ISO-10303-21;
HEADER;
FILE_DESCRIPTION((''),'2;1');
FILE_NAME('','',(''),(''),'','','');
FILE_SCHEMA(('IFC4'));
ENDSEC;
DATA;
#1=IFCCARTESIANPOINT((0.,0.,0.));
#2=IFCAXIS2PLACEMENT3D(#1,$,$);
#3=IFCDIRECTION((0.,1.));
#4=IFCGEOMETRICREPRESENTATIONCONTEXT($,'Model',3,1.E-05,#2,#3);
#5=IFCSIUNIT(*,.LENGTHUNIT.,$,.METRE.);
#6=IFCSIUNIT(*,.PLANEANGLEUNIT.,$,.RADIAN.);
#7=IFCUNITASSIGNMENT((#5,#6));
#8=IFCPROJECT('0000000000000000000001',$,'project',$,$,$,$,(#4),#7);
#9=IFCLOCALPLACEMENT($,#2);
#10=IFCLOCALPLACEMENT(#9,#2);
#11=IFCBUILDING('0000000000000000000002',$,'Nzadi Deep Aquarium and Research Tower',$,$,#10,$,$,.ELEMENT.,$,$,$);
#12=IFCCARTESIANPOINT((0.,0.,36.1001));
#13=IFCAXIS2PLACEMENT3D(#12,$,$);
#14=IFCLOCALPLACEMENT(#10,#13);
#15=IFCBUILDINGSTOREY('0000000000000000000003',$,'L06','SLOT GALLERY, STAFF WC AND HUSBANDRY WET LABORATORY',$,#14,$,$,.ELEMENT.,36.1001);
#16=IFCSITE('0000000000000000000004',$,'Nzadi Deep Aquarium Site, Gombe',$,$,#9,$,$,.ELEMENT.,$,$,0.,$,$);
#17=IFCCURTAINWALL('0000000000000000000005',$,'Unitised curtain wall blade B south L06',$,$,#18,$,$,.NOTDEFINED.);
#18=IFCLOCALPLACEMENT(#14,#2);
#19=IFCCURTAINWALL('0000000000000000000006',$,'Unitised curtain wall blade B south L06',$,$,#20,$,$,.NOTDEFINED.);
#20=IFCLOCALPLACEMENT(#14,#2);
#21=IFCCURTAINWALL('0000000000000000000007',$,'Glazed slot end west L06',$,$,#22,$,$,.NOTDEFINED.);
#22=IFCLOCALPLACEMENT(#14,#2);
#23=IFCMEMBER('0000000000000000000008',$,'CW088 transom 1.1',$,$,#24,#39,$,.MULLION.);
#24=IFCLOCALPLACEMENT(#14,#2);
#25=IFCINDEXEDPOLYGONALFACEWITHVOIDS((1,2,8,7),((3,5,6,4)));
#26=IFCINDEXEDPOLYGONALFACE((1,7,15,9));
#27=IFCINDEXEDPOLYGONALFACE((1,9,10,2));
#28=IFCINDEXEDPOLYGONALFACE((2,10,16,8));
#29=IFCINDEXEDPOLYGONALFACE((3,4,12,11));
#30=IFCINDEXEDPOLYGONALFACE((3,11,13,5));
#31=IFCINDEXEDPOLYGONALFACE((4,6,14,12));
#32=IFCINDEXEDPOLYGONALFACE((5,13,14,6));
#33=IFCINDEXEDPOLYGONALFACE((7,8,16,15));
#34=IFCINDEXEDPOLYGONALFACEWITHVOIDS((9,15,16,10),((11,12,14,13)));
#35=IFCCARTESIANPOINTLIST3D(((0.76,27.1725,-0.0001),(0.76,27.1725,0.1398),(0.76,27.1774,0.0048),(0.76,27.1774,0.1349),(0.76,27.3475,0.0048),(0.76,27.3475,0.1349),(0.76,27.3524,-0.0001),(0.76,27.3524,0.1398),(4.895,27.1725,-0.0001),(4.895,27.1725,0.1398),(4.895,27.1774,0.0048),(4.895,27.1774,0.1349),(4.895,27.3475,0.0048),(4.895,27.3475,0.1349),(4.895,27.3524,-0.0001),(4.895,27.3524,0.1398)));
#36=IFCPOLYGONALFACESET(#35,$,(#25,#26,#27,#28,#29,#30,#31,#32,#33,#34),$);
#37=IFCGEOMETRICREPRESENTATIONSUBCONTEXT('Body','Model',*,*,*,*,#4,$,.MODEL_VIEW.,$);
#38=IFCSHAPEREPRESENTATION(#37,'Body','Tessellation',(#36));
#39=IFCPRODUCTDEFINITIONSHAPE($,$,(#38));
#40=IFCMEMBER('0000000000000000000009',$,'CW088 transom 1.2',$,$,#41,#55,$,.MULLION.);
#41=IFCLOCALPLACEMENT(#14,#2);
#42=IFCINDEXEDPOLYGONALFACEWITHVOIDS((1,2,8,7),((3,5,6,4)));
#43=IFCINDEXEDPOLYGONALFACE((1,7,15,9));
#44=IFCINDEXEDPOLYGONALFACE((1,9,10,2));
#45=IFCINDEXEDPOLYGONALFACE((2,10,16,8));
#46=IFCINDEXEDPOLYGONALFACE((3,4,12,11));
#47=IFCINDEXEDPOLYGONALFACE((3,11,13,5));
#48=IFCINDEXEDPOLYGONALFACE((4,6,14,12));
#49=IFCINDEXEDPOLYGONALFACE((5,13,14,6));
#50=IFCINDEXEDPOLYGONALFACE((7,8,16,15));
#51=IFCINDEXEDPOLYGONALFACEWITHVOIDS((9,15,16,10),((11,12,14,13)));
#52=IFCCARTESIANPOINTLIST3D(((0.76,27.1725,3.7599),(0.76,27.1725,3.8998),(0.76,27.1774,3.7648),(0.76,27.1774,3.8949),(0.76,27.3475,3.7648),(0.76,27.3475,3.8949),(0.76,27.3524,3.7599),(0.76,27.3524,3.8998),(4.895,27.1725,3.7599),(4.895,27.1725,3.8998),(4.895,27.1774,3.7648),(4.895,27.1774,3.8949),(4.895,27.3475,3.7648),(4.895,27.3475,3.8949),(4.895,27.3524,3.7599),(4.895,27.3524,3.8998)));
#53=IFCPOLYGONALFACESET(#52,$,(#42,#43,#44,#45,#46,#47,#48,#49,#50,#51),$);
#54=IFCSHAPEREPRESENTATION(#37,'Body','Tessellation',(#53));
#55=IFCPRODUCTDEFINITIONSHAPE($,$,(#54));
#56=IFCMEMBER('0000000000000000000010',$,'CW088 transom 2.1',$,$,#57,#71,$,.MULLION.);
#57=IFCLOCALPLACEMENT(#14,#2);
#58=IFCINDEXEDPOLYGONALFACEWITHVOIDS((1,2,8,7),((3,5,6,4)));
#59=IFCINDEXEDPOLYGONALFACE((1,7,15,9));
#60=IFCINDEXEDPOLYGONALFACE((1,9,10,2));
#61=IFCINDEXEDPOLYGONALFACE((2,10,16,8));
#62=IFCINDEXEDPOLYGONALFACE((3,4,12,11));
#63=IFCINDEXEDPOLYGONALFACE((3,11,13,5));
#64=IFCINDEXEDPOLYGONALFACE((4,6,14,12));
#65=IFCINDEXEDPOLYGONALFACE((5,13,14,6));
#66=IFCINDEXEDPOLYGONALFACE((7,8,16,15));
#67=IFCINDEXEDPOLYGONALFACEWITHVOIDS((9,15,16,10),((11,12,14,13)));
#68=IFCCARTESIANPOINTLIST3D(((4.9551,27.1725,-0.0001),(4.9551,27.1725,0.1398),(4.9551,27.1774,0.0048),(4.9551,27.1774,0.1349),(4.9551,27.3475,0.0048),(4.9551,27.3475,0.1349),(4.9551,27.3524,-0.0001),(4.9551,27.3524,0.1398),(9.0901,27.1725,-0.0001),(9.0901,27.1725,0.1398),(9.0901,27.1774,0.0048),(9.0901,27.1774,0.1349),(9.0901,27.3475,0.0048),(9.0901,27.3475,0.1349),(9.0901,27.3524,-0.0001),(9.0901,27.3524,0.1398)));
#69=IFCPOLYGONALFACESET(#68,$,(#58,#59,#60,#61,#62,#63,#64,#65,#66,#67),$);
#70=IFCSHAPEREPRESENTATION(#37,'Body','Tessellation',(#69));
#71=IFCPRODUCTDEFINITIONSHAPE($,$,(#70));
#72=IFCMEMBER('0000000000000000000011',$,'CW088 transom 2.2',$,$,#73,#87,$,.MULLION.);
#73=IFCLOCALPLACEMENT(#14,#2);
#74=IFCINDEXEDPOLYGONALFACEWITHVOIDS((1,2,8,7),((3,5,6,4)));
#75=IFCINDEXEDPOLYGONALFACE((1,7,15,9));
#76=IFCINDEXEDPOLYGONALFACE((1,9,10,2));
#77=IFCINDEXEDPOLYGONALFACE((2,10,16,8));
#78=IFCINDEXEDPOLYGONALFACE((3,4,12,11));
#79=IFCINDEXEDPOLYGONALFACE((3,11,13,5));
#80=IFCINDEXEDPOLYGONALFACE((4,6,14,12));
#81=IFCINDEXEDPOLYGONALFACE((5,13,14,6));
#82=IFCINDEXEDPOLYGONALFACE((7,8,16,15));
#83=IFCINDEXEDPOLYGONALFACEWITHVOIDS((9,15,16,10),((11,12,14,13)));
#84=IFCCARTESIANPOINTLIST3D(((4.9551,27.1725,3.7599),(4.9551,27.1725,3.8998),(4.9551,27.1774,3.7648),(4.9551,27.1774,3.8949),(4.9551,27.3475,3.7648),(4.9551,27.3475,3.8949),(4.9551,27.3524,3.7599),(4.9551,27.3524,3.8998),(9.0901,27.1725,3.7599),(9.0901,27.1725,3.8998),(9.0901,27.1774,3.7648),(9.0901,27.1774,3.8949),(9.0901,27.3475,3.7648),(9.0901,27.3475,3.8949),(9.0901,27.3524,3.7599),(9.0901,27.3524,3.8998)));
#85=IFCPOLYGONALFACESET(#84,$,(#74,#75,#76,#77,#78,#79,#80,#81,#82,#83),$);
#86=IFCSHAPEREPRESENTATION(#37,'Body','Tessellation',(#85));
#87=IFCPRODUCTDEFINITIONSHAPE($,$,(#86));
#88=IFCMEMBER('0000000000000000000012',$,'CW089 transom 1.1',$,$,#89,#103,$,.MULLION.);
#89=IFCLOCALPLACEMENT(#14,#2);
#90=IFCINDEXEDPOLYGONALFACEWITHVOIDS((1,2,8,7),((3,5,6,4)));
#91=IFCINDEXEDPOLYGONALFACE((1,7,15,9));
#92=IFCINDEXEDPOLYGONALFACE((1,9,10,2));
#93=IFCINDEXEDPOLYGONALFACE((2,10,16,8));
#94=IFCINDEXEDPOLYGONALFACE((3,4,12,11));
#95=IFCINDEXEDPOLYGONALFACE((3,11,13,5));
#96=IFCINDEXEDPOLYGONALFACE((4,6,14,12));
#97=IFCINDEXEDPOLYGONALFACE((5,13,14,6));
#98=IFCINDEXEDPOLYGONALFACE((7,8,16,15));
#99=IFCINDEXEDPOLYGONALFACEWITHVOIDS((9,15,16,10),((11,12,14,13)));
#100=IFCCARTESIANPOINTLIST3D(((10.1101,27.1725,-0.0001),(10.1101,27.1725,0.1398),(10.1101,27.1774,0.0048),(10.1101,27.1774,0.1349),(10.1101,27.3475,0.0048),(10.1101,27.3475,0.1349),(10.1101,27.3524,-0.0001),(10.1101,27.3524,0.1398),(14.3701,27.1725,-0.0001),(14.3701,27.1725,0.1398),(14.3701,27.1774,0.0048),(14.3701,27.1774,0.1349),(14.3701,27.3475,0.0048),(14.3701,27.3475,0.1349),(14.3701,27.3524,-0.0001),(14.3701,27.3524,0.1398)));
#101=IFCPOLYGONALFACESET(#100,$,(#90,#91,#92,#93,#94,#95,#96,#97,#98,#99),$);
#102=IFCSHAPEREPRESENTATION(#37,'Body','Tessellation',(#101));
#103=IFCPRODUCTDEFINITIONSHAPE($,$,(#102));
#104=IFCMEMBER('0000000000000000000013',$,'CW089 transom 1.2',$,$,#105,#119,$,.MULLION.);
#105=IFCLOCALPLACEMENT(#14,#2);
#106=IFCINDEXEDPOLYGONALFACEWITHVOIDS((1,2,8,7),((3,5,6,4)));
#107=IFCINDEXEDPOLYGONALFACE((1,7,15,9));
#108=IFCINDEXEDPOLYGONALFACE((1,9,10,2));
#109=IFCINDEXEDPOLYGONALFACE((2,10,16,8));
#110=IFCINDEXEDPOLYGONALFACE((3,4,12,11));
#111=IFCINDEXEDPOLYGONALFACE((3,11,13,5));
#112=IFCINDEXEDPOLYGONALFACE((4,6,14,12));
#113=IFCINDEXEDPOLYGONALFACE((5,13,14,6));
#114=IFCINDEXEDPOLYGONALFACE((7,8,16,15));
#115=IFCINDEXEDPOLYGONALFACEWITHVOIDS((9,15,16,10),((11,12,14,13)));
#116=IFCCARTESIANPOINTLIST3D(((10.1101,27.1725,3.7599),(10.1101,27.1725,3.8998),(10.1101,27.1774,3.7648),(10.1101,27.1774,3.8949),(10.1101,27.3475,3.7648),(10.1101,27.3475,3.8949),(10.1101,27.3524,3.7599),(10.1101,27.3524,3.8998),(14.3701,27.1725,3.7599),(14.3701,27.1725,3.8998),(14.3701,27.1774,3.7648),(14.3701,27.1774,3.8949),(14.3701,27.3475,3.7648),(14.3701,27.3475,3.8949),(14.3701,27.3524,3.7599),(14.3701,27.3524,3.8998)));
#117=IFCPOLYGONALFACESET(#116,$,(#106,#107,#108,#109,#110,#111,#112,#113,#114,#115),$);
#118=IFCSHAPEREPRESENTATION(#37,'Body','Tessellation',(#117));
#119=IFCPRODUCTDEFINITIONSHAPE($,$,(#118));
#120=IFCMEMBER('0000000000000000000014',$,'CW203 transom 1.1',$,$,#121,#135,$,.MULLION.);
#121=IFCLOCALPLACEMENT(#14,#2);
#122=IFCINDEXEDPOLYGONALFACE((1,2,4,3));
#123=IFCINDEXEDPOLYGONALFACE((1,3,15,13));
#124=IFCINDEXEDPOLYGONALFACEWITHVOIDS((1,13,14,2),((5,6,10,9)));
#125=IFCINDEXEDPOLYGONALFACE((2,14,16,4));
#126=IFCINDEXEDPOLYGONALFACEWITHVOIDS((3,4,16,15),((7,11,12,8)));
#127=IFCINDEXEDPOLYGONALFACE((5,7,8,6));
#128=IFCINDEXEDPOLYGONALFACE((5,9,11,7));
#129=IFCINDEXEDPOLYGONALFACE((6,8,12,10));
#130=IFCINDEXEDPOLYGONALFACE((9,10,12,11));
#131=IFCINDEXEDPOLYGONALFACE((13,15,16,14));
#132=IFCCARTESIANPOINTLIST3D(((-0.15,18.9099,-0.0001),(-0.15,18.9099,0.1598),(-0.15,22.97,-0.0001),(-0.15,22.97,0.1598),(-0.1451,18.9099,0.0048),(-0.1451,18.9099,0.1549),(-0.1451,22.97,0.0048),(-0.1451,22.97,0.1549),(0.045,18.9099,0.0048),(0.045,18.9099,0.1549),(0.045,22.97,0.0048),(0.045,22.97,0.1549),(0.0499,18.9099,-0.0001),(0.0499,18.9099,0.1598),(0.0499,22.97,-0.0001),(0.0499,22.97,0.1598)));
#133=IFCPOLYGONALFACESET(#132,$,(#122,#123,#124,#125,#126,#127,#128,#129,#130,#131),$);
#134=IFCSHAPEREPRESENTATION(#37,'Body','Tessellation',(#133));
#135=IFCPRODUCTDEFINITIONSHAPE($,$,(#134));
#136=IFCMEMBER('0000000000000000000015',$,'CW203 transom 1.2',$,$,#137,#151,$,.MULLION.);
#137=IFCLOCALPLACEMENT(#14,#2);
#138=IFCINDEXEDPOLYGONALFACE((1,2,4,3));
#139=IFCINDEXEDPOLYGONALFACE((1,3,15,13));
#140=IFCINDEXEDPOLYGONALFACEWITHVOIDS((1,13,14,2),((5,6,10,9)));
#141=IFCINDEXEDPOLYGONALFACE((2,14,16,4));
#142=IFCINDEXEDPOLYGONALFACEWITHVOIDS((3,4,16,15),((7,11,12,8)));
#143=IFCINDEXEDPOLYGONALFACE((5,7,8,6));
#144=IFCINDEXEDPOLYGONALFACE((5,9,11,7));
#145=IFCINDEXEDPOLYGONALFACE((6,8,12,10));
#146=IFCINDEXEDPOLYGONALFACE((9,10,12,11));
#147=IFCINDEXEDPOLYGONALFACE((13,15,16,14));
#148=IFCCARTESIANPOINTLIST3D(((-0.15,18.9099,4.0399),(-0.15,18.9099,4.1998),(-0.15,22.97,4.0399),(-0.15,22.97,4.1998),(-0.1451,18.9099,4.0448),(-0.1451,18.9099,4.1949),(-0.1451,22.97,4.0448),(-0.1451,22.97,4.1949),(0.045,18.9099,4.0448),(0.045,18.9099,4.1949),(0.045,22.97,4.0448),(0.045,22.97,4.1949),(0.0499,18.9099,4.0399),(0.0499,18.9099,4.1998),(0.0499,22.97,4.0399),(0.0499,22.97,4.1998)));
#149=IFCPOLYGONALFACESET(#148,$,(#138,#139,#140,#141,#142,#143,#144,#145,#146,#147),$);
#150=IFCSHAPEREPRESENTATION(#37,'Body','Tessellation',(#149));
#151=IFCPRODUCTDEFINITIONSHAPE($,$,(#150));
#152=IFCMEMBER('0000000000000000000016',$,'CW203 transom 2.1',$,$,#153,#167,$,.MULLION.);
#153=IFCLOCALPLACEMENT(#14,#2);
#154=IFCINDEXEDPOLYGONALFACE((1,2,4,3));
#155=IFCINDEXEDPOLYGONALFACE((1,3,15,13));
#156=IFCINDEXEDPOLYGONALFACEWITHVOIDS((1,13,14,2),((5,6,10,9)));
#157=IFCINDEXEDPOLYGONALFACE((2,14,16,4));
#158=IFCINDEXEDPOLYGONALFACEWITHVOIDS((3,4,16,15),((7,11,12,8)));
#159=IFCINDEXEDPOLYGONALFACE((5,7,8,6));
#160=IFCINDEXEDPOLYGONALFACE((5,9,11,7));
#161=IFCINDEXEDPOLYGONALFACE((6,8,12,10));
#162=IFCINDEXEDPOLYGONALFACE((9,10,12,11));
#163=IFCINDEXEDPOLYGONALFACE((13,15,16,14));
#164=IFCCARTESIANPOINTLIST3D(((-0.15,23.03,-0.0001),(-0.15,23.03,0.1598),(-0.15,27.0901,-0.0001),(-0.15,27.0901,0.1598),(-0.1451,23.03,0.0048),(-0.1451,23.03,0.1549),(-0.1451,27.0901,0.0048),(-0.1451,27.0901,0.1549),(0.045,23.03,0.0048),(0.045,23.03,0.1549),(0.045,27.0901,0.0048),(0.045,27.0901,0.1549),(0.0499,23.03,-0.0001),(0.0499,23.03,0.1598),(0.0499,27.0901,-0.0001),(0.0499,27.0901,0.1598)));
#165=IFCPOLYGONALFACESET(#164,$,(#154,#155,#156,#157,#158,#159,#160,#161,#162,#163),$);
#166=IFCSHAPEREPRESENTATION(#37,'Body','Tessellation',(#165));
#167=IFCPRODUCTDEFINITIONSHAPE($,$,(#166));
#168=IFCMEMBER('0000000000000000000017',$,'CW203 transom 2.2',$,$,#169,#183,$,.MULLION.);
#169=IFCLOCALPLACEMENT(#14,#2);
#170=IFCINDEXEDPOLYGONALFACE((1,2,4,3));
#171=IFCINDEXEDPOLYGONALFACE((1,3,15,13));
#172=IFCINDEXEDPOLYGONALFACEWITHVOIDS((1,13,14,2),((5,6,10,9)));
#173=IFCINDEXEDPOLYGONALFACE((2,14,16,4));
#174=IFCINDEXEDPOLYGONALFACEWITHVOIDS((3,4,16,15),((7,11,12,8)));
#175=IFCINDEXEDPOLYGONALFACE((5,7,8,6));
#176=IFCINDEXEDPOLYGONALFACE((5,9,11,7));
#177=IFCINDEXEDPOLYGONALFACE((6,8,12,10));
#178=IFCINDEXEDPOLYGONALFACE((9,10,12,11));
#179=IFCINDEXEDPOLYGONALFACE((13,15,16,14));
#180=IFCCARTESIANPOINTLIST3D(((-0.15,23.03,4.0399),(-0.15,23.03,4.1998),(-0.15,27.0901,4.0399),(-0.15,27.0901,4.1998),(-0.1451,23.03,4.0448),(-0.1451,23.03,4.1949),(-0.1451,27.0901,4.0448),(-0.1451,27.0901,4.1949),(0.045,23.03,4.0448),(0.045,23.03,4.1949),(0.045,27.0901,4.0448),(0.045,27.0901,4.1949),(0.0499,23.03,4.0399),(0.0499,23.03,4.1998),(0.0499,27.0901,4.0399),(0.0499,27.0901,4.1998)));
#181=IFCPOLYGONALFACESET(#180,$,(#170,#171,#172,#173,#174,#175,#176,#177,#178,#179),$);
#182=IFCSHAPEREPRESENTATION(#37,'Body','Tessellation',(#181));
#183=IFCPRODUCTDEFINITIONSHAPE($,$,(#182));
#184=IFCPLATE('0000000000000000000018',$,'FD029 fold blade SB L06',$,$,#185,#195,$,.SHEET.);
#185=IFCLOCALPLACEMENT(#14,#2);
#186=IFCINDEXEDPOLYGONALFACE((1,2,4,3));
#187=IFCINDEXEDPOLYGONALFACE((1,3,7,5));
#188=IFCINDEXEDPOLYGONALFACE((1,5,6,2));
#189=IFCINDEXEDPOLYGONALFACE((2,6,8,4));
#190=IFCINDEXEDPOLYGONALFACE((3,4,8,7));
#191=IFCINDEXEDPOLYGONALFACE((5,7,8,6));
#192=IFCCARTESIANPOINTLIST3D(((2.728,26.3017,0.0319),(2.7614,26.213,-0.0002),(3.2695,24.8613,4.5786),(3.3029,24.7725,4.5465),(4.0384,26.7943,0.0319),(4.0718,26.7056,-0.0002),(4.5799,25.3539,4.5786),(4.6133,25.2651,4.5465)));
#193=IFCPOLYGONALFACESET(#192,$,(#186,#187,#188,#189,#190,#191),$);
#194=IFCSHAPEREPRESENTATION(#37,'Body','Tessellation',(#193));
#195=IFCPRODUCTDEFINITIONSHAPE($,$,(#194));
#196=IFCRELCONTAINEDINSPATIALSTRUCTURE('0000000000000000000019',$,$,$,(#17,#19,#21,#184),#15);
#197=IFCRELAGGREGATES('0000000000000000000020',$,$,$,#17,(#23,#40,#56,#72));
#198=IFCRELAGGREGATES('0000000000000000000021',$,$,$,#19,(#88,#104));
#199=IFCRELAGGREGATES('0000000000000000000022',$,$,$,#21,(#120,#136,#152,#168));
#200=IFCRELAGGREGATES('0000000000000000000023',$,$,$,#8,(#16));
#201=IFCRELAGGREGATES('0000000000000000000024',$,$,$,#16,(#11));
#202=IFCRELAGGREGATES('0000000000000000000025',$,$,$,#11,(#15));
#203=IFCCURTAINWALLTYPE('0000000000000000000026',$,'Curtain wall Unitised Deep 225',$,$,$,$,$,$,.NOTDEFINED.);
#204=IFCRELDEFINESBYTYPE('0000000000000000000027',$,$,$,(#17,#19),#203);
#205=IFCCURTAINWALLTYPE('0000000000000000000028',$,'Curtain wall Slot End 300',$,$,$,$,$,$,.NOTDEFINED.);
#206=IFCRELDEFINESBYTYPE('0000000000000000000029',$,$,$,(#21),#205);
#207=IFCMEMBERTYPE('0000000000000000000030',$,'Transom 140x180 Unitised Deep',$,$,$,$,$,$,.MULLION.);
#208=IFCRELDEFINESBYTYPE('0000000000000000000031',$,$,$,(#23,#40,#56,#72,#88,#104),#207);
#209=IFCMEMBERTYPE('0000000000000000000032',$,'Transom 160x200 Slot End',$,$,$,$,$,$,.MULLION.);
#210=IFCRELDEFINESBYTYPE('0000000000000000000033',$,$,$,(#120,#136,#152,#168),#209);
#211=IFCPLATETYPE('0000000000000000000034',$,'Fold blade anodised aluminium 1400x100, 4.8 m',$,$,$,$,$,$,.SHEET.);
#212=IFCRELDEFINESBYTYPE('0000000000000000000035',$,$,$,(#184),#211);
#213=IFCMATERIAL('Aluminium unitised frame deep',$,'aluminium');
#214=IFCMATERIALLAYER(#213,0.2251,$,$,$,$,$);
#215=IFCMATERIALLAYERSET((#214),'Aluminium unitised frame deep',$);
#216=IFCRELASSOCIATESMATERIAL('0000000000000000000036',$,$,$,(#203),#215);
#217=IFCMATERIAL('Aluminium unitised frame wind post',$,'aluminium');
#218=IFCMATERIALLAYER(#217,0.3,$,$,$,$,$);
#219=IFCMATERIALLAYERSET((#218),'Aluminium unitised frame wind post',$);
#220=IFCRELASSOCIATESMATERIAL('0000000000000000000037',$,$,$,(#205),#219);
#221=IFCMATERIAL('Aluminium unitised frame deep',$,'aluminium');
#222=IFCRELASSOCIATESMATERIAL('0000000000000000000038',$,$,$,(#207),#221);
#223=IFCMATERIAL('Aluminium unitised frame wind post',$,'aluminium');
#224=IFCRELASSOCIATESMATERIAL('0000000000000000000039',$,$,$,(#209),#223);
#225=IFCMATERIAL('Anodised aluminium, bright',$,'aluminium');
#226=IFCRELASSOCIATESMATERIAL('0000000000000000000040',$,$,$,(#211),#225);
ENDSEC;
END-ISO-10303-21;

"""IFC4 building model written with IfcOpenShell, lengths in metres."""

from ifc_helpers import new_model, si_unit, direction, frame, origin, origin_2d, place, context, subcontext, project, spatial, rectangle, hollow_rectangle, extrude, material, layer, layer_set, material_profile, profile_set, type_object, element, aggregate, save


model = new_model("IFC4")

# Units and contexts
model_context = context("Model", 3, precision=1e-05, world=origin(), true_north=direction((0.0, 1.0)))
body_context = subcontext(model_context, "Body", "Model", "MODEL_VIEW")
ifc_project = project(units=[si_unit("LENGTHUNIT", "METRE"), si_unit("PLANEANGLEUNIT", "RADIAN")], contexts=[model_context])

# Site, building, storey
site_placement = place(None, origin())
site = spatial("IfcSite", under=ifc_project, at=site_placement, Name="Nzadi Deep Aquarium Site, Gombe", CompositionType="ELEMENT", RefElevation=0.0)
building_placement = place(site_placement, origin())
building = spatial("IfcBuilding", under=site, at=building_placement, Name="Nzadi Deep Aquarium and Research Tower", CompositionType="ELEMENT")
storey_placement = place(building_placement, frame((0.0, 0.0, 36.1001)))
storey = spatial("IfcBuildingStorey", under=building, at=storey_placement, Name="L06", Description="SLOT GALLERY, STAFF WC AND HUSBANDRY WET LABORATORY", CompositionType="ELEMENT", Elevation=36.1001)

# Curtain wall
ifc_material_1 = material(Name="Aluminium unitised frame deep", Category="aluminium")
ifc_layer_1 = layer(ifc_material_1, 0.2251)
ifc_layer_set_1 = layer_set([ifc_layer_1], Name="Aluminium unitised frame deep")
curtain_wall_type_1 = type_object("IfcCurtainWallType", Name="Curtain wall Unitised Deep 225", PredefinedType="NOTDEFINED", material=ifc_layer_set_1)
curtain_wall_1_placement = place(storey_placement, origin())
curtain_wall_1 = element("IfcCurtainWall", 1, at=curtain_wall_1_placement, inside=storey, type_object=curtain_wall_type_1, Name="Unitised curtain wall blade B south L06", PredefinedType="NOTDEFINED")

# Curtain wall
curtain_wall_2_placement = place(storey_placement, origin())
curtain_wall_2 = element("IfcCurtainWall", 2, at=curtain_wall_2_placement, inside=storey, type_object=curtain_wall_type_1, Name="Unitised curtain wall blade B south L06", PredefinedType="NOTDEFINED")

# Curtain wall
ifc_material_2 = material(Name="Aluminium unitised frame wind post", Category="aluminium")
ifc_layer_2 = layer(ifc_material_2, 0.3)
ifc_layer_set_2 = layer_set([ifc_layer_2], Name="Aluminium unitised frame wind post")
curtain_wall_type_2 = type_object("IfcCurtainWallType", Name="Curtain wall Slot End 300", PredefinedType="NOTDEFINED", material=ifc_layer_set_2)
curtain_wall_3_placement = place(storey_placement, origin())
curtain_wall_3 = element("IfcCurtainWall", 3, at=curtain_wall_3_placement, inside=storey, type_object=curtain_wall_type_2, Name="Glazed slot end west L06", PredefinedType="NOTDEFINED")

# Members
ifc_material_3 = material(Name="Aluminium unitised frame deep", Category="aluminium")
ifc_material_profile_1 = material_profile(ifc_material_3, hollow_rectangle(XDim=0.1799, YDim=0.1399, WallThickness=0.0049, at=origin_2d()))
ifc_profile_set_1 = profile_set([ifc_material_profile_1], Name="Aluminium unitised frame deep")
member_type_1 = type_object("IfcMemberType", Name="Transom 140x180 Unitised Deep", PredefinedType="MULLION", material=ifc_profile_set_1)
member_1_placement = place(storey_placement, frame((0.76, 27.2625, 0.0698), z_axis=(1.0, 0.0, 0.0), x_axis=(0.0, 1.0, 0.0)))
member_1 = element("IfcMember", 4, at=member_1_placement, type_object=member_type_1, Name="CW088 transom 1.1", PredefinedType="MULLION", context=body_context, shape_type="SweptSolid", body=[
    extrude(hollow_rectangle(XDim=0.1799, YDim=0.1399, WallThickness=0.0049, at=origin_2d()), origin(), (0.0, 0.0, 1.0), 4.135),
])
member_2_placement = place(storey_placement, frame((0.76, 27.2625, 3.8298), z_axis=(1.0, 0.0, 0.0), x_axis=(0.0, 1.0, 0.0)))
member_2 = element("IfcMember", 5, at=member_2_placement, type_object=member_type_1, Name="CW088 transom 1.2", PredefinedType="MULLION", context=body_context, shape_type="SweptSolid", body=[
    extrude(hollow_rectangle(XDim=0.1799, YDim=0.1399, WallThickness=0.0049, at=origin_2d()), origin(), (0.0, 0.0, 1.0), 4.135),
])
member_3_placement = place(storey_placement, frame((4.9551, 27.2625, 0.0698), z_axis=(1.0, 0.0, 0.0), x_axis=(0.0, 1.0, 0.0)))
member_3 = element("IfcMember", 6, at=member_3_placement, type_object=member_type_1, Name="CW088 transom 2.1", PredefinedType="MULLION", context=body_context, shape_type="SweptSolid", body=[
    extrude(hollow_rectangle(XDim=0.1799, YDim=0.1399, WallThickness=0.0049, at=origin_2d()), origin(), (0.0, 0.0, 1.0), 4.135),
])
member_4_placement = place(storey_placement, frame((4.9551, 27.2625, 3.8298), z_axis=(1.0, 0.0, 0.0), x_axis=(0.0, 1.0, 0.0)))
member_4 = element("IfcMember", 7, at=member_4_placement, type_object=member_type_1, Name="CW088 transom 2.2", PredefinedType="MULLION", context=body_context, shape_type="SweptSolid", body=[
    extrude(hollow_rectangle(XDim=0.1799, YDim=0.1399, WallThickness=0.0049, at=origin_2d()), origin(), (0.0, 0.0, 1.0), 4.135),
])
member_5_placement = place(storey_placement, frame((10.1101, 27.2625, 0.0698), z_axis=(1.0, 0.0, 0.0), x_axis=(0.0, 1.0, 0.0)))
member_5 = element("IfcMember", 8, at=member_5_placement, type_object=member_type_1, Name="CW089 transom 1.1", PredefinedType="MULLION", context=body_context, shape_type="SweptSolid", body=[
    extrude(hollow_rectangle(XDim=0.1799, YDim=0.1399, WallThickness=0.0049, at=origin_2d()), origin(), (0.0, 0.0, 1.0), 4.26),
])
member_6_placement = place(storey_placement, frame((10.1101, 27.2625, 3.8298), z_axis=(1.0, 0.0, 0.0), x_axis=(0.0, 1.0, 0.0)))
member_6 = element("IfcMember", 9, at=member_6_placement, type_object=member_type_1, Name="CW089 transom 1.2", PredefinedType="MULLION", context=body_context, shape_type="SweptSolid", body=[
    extrude(hollow_rectangle(XDim=0.1799, YDim=0.1399, WallThickness=0.0049, at=origin_2d()), origin(), (0.0, 0.0, 1.0), 4.26),
])
ifc_material_4 = material(Name="Aluminium unitised frame wind post", Category="aluminium")
ifc_material_profile_2 = material_profile(ifc_material_4, hollow_rectangle(XDim=0.2, YDim=0.1599, WallThickness=0.0049, at=origin_2d()))
ifc_profile_set_2 = profile_set([ifc_material_profile_2], Name="Aluminium unitised frame wind post")
member_type_2 = type_object("IfcMemberType", Name="Transom 160x200 Slot End", PredefinedType="MULLION", material=ifc_profile_set_2)
member_7_placement = place(storey_placement, frame((-0.05, 18.9099, 0.0798), z_axis=(0.0, 1.0, 0.0), x_axis=(-1.0, 0.0, 0.0)))
member_7 = element("IfcMember", 10, at=member_7_placement, type_object=member_type_2, Name="CW203 transom 1.1", PredefinedType="MULLION", context=body_context, shape_type="SweptSolid", body=[
    extrude(hollow_rectangle(XDim=0.2, YDim=0.1599, WallThickness=0.0049, at=origin_2d()), origin(), (0.0, 0.0, 1.0), 4.0601),
])
member_8_placement = place(storey_placement, frame((-0.05, 18.9099, 4.1199), z_axis=(0.0, 1.0, 0.0), x_axis=(-1.0, 0.0, 0.0)))
member_8 = element("IfcMember", 11, at=member_8_placement, type_object=member_type_2, Name="CW203 transom 1.2", PredefinedType="MULLION", context=body_context, shape_type="SweptSolid", body=[
    extrude(hollow_rectangle(XDim=0.2, YDim=0.1599, WallThickness=0.0049, at=origin_2d()), origin(), (0.0, 0.0, 1.0), 4.0601),
])
member_9_placement = place(storey_placement, frame((-0.05, 23.03, 0.0798), z_axis=(0.0, 1.0, 0.0), x_axis=(-1.0, 0.0, 0.0)))
member_9 = element("IfcMember", 12, at=member_9_placement, type_object=member_type_2, Name="CW203 transom 2.1", PredefinedType="MULLION", context=body_context, shape_type="SweptSolid", body=[
    extrude(hollow_rectangle(XDim=0.2, YDim=0.1599, WallThickness=0.0049, at=origin_2d()), origin(), (0.0, 0.0, 1.0), 4.0601),
])
member_10_placement = place(storey_placement, frame((-0.05, 23.03, 4.1199), z_axis=(0.0, 1.0, 0.0), x_axis=(-1.0, 0.0, 0.0)))
member_10 = element("IfcMember", 13, at=member_10_placement, type_object=member_type_2, Name="CW203 transom 2.2", PredefinedType="MULLION", context=body_context, shape_type="SweptSolid", body=[
    extrude(hollow_rectangle(XDim=0.2, YDim=0.1599, WallThickness=0.0049, at=origin_2d()), origin(), (0.0, 0.0, 1.0), 4.0601),
])

# Plate
ifc_material_5 = material(Name="Anodised aluminium, bright", Category="aluminium")
ifc_material_profile_3 = material_profile(ifc_material_5, rectangle(XDim=1.3999, YDim=0.1001, at=origin_2d()))
ifc_profile_set_3 = profile_set([ifc_material_profile_3], Name="Anodised aluminium, bright")
plate_type_1 = type_object("IfcPlateType", Name="Fold blade anodised aluminium 1400x100, 4.8 m", PredefinedType="SHEET", material=ifc_profile_set_3)
plate_1_placement = place(storey_placement, frame((3.3999, 26.5037, 0.0159), z_axis=(0.112814, -0.30009, 0.947216), x_axis=(0.936042, 0.351888, 0.0)))
element("IfcPlate", 14, at=plate_1_placement, inside=storey, type_object=plate_type_1, Name="FD029 fold blade SB L06", PredefinedType="SHEET", context=body_context, shape_type="SweptSolid", body=[
    extrude(rectangle(XDim=1.3999, YDim=0.1001, at=origin_2d()), origin(), (0.0, 0.0, 1.0), 4.8),
])

aggregate(curtain_wall_1, [member_1, member_2, member_3, member_4])
aggregate(curtain_wall_2, [member_5, member_6])
aggregate(curtain_wall_3, [member_7, member_8, member_9, member_10])

save(model, "model.ifc")
